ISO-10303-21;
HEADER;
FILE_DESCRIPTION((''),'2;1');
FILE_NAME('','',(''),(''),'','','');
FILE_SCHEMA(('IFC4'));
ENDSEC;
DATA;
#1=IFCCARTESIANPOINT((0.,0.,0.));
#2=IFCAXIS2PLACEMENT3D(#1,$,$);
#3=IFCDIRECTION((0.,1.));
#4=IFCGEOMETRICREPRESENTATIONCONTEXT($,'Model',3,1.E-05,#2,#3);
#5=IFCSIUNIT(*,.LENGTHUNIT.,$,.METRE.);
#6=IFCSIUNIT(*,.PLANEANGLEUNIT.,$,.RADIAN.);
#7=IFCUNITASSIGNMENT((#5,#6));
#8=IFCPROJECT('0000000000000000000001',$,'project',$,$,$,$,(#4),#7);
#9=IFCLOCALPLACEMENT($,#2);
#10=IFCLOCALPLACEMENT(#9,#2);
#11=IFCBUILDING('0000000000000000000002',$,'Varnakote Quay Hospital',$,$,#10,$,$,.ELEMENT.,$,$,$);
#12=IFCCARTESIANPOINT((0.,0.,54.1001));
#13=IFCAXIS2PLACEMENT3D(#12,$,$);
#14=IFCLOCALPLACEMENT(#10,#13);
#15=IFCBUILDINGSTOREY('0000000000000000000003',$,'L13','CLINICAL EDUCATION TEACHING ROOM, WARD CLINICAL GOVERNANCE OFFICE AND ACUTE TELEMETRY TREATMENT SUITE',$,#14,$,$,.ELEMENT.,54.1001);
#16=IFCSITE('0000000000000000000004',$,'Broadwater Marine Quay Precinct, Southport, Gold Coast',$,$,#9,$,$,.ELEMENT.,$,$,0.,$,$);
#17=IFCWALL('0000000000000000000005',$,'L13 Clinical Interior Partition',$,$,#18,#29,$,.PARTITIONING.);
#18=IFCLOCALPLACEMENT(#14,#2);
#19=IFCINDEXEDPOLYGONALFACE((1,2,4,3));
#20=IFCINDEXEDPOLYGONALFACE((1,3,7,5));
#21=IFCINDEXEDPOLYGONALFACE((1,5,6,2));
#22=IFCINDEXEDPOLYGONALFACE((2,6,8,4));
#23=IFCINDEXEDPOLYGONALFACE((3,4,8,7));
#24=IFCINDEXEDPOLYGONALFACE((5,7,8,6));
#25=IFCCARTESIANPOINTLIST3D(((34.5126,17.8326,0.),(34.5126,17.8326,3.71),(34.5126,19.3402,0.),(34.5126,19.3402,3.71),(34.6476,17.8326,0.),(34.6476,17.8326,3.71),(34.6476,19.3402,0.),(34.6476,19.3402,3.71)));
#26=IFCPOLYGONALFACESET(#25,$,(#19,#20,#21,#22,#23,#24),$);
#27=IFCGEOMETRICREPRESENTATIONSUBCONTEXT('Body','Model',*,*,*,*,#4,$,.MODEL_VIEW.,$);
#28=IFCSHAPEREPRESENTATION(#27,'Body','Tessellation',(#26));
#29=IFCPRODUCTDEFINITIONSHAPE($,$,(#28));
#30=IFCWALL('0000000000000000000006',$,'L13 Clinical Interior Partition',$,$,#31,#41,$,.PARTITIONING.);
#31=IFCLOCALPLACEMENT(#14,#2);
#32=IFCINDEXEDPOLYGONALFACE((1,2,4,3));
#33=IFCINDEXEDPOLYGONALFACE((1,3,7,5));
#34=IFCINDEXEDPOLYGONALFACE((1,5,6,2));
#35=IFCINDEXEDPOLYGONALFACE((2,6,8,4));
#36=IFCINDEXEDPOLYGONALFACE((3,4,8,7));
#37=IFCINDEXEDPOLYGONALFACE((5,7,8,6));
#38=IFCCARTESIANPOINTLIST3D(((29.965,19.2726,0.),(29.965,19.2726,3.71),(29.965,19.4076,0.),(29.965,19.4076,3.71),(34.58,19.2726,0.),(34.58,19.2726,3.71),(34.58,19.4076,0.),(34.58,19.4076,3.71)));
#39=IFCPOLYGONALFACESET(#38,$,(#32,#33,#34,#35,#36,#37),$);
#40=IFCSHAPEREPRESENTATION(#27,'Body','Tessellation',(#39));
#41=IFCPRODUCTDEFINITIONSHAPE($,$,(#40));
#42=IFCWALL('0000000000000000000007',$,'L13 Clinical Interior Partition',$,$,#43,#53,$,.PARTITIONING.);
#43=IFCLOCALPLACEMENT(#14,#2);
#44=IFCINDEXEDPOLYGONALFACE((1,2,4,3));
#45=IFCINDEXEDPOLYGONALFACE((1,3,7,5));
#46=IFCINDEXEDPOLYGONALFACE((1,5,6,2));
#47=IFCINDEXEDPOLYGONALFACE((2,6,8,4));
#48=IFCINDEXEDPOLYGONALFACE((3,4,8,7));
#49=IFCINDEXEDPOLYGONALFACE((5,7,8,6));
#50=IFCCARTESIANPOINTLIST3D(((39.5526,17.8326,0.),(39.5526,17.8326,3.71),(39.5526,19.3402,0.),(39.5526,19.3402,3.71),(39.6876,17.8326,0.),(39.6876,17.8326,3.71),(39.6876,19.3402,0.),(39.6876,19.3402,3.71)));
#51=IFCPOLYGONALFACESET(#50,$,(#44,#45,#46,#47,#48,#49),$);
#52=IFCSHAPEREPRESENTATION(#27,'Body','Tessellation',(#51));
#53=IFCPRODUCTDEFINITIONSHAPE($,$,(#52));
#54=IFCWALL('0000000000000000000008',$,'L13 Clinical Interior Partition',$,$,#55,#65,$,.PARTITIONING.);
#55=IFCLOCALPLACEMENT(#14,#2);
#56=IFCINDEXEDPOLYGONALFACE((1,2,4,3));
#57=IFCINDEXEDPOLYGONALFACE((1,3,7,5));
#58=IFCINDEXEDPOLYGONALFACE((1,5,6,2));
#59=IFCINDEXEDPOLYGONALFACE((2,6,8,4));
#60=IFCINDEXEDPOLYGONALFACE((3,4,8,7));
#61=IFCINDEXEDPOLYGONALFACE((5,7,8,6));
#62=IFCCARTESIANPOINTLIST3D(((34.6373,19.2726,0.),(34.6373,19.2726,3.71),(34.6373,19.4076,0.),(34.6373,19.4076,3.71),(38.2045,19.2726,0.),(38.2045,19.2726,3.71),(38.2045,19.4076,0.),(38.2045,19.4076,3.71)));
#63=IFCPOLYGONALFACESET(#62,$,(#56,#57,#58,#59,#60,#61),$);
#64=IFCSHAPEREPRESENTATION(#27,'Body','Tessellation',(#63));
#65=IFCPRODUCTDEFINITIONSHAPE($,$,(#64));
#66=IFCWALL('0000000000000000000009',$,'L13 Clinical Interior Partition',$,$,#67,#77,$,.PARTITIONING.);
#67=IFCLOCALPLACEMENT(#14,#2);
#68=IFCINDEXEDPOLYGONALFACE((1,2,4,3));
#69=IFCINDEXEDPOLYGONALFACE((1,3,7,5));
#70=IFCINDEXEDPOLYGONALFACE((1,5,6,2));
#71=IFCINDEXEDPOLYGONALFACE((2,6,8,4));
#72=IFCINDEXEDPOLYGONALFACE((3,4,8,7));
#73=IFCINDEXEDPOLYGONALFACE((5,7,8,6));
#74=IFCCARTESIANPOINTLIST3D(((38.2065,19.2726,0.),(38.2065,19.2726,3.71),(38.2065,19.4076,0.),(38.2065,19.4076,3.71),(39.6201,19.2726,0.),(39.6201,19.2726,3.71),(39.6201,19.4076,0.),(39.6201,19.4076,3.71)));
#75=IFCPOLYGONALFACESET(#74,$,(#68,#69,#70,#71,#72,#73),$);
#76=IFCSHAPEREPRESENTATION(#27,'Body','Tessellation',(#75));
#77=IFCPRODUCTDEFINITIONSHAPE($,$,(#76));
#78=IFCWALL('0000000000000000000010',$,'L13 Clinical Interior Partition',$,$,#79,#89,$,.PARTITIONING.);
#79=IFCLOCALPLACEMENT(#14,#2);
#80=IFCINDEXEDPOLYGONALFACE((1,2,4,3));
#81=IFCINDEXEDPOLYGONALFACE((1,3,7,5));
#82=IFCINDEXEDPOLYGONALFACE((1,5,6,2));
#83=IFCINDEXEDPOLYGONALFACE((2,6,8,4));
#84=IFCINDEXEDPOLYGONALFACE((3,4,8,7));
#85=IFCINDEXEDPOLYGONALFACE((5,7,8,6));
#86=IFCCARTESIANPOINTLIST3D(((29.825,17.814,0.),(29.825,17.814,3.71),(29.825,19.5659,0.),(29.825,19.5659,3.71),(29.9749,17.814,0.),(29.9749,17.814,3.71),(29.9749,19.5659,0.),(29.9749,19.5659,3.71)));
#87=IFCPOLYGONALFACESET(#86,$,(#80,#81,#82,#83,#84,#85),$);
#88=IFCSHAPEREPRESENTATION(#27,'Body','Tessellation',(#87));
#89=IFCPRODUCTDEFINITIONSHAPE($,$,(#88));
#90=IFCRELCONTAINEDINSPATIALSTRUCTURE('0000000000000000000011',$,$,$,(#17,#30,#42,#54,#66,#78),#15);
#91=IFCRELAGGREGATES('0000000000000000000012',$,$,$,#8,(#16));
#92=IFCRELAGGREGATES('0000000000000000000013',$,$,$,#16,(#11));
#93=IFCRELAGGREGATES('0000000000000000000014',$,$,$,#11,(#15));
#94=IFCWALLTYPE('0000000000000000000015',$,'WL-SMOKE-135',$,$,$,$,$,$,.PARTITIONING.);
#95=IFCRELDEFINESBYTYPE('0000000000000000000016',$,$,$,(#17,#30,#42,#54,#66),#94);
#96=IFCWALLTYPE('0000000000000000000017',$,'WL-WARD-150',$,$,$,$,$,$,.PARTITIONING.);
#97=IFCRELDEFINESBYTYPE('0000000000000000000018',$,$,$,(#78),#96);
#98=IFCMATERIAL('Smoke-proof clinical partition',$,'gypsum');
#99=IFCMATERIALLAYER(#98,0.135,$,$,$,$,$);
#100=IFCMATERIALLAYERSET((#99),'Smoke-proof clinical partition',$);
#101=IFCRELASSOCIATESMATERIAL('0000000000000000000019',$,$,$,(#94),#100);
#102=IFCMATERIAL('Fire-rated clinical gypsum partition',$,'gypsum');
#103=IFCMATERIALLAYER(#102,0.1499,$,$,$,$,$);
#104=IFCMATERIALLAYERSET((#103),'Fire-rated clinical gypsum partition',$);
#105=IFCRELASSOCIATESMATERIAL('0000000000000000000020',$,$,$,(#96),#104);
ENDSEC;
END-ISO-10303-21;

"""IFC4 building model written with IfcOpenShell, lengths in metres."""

from ifc_helpers import new_model, si_unit, direction, frame, frame_2d, origin, place, context, subcontext, project, spatial, rectangle, extrude, material, layer, layer_set, type_object, element, save


model = new_model("IFC4")

# Units and contexts
model_context = context("Model", 3, precision=1e-05, world=origin(), true_north=direction((0.0, 1.0)))
body_context = subcontext(model_context, "Body", "Model", "MODEL_VIEW")
ifc_project = project(units=[si_unit("LENGTHUNIT", "METRE"), si_unit("PLANEANGLEUNIT", "RADIAN")], contexts=[model_context])

# Site, building, storey
site_placement = place(None, origin())
site = spatial("IfcSite", under=ifc_project, at=site_placement, Name="Broadwater Marine Quay Precinct, Southport, Gold Coast", CompositionType="ELEMENT", RefElevation=0.0)
building_placement = place(site_placement, origin())
building = spatial("IfcBuilding", under=site, at=building_placement, Name="Varnakote Quay Hospital", CompositionType="ELEMENT")
storey_placement = place(building_placement, frame((0.0, 0.0, 54.1001)))
storey = spatial("IfcBuildingStorey", under=building, at=storey_placement, Name="L13", Description="CLINICAL EDUCATION TEACHING ROOM, WARD CLINICAL GOVERNANCE OFFICE AND ACUTE TELEMETRY TREATMENT SUITE", CompositionType="ELEMENT", Elevation=54.1001)

# Walls
ifc_material_1 = material(Name="Smoke-proof clinical partition", Category="gypsum")
ifc_layer_1 = layer(ifc_material_1, 0.135)
ifc_layer_set_1 = layer_set([ifc_layer_1], Name="Smoke-proof clinical partition")
wall_type_1 = type_object("IfcWallType", Name="WL-SMOKE-135", PredefinedType="PARTITIONING", material=ifc_layer_set_1)
wall_1_placement = place(storey_placement, frame((34.5801, 17.8325, 0.0), z_axis=(0.0, 0.0, 1.0), x_axis=(0.0, 1.0, 0.0)))
element("IfcWall", 1, at=wall_1_placement, inside=storey, type_object=wall_type_1, Name="L13 Clinical Interior Partition", PredefinedType="PARTITIONING", context=body_context, shape_type="SweptSolid", body=[
    extrude(rectangle(XDim=1.5076, YDim=0.135, at=frame_2d((0.7539, 0.0))), origin(), (0.0, 0.0, 1.0), 3.71),
])
wall_2_placement = place(storey_placement, frame((34.5801, 19.3401, 0.0), z_axis=(0.0, 0.0, 1.0), x_axis=(-1.0, 0.0, 0.0)))
element("IfcWall", 2, at=wall_2_placement, inside=storey, type_object=wall_type_1, Name="L13 Clinical Interior Partition", PredefinedType="PARTITIONING", context=body_context, shape_type="SweptSolid", body=[
    extrude(rectangle(XDim=4.615, YDim=0.135, at=frame_2d((2.3076, 0.0))), origin(), (0.0, 0.0, 1.0), 3.71),
])
wall_3_placement = place(storey_placement, frame((39.6201, 17.8325, 0.0), z_axis=(0.0, 0.0, 1.0), x_axis=(0.0, 1.0, 0.0)))
element("IfcWall", 3, at=wall_3_placement, inside=storey, type_object=wall_type_1, Name="L13 Clinical Interior Partition", PredefinedType="PARTITIONING", context=body_context, shape_type="SweptSolid", body=[
    extrude(rectangle(XDim=1.5076, YDim=0.135, at=frame_2d((0.7539, 0.0))), origin(), (0.0, 0.0, 1.0), 3.71),
])
wall_4_placement = place(storey_placement, frame((38.2046, 19.3401, 0.0), z_axis=(0.0, 0.0, 1.0), x_axis=(-1.0, 0.0, 0.0)))
element("IfcWall", 4, at=wall_4_placement, inside=storey, type_object=wall_type_1, Name="L13 Clinical Interior Partition", PredefinedType="PARTITIONING", context=body_context, shape_type="SweptSolid", body=[
    extrude(rectangle(XDim=3.5671, YDim=0.135, at=frame_2d((1.7837, 0.0))), origin(), (0.0, 0.0, 1.0), 3.71),
])
wall_5_placement = place(storey_placement, frame((39.6201, 19.3401, 0.0), z_axis=(0.0, 0.0, 1.0), x_axis=(-1.0, 0.0, 0.0)))
element("IfcWall", 5, at=wall_5_placement, inside=storey, type_object=wall_type_1, Name="L13 Clinical Interior Partition", PredefinedType="PARTITIONING", context=body_context, shape_type="SweptSolid", body=[
    extrude(rectangle(XDim=1.4136, YDim=0.135, at=frame_2d((0.7068, 0.0))), origin(), (0.0, 0.0, 1.0), 3.71),
])

# Shared definitions
ifc_material_2 = material(Name="Fire-rated clinical gypsum partition", Category="gypsum")
ifc_layer_2 = layer(ifc_material_2, 0.1499)
ifc_layer_set_2 = layer_set([ifc_layer_2], Name="Fire-rated clinical gypsum partition")
wall_type_2 = type_object("IfcWallType", Name="WL-WARD-150", PredefinedType="PARTITIONING", material=ifc_layer_set_2)

# Wall
wall_6_placement = place(storey_placement, frame((29.8999, 17.814, 0.0), z_axis=(0.0, 0.0, 1.0), x_axis=(0.0, 1.0, 0.0)))
element("IfcWall", 6, at=wall_6_placement, inside=storey, type_object=wall_type_2, Name="L13 Clinical Interior Partition", PredefinedType="PARTITIONING", context=body_context, shape_type="SweptSolid", body=[
    extrude(rectangle(XDim=1.752, YDim=0.1499, at=frame_2d((0.876, 0.0))), origin(), (0.0, 0.0, 1.0), 3.71),
])

save(model, "model.ifc")
